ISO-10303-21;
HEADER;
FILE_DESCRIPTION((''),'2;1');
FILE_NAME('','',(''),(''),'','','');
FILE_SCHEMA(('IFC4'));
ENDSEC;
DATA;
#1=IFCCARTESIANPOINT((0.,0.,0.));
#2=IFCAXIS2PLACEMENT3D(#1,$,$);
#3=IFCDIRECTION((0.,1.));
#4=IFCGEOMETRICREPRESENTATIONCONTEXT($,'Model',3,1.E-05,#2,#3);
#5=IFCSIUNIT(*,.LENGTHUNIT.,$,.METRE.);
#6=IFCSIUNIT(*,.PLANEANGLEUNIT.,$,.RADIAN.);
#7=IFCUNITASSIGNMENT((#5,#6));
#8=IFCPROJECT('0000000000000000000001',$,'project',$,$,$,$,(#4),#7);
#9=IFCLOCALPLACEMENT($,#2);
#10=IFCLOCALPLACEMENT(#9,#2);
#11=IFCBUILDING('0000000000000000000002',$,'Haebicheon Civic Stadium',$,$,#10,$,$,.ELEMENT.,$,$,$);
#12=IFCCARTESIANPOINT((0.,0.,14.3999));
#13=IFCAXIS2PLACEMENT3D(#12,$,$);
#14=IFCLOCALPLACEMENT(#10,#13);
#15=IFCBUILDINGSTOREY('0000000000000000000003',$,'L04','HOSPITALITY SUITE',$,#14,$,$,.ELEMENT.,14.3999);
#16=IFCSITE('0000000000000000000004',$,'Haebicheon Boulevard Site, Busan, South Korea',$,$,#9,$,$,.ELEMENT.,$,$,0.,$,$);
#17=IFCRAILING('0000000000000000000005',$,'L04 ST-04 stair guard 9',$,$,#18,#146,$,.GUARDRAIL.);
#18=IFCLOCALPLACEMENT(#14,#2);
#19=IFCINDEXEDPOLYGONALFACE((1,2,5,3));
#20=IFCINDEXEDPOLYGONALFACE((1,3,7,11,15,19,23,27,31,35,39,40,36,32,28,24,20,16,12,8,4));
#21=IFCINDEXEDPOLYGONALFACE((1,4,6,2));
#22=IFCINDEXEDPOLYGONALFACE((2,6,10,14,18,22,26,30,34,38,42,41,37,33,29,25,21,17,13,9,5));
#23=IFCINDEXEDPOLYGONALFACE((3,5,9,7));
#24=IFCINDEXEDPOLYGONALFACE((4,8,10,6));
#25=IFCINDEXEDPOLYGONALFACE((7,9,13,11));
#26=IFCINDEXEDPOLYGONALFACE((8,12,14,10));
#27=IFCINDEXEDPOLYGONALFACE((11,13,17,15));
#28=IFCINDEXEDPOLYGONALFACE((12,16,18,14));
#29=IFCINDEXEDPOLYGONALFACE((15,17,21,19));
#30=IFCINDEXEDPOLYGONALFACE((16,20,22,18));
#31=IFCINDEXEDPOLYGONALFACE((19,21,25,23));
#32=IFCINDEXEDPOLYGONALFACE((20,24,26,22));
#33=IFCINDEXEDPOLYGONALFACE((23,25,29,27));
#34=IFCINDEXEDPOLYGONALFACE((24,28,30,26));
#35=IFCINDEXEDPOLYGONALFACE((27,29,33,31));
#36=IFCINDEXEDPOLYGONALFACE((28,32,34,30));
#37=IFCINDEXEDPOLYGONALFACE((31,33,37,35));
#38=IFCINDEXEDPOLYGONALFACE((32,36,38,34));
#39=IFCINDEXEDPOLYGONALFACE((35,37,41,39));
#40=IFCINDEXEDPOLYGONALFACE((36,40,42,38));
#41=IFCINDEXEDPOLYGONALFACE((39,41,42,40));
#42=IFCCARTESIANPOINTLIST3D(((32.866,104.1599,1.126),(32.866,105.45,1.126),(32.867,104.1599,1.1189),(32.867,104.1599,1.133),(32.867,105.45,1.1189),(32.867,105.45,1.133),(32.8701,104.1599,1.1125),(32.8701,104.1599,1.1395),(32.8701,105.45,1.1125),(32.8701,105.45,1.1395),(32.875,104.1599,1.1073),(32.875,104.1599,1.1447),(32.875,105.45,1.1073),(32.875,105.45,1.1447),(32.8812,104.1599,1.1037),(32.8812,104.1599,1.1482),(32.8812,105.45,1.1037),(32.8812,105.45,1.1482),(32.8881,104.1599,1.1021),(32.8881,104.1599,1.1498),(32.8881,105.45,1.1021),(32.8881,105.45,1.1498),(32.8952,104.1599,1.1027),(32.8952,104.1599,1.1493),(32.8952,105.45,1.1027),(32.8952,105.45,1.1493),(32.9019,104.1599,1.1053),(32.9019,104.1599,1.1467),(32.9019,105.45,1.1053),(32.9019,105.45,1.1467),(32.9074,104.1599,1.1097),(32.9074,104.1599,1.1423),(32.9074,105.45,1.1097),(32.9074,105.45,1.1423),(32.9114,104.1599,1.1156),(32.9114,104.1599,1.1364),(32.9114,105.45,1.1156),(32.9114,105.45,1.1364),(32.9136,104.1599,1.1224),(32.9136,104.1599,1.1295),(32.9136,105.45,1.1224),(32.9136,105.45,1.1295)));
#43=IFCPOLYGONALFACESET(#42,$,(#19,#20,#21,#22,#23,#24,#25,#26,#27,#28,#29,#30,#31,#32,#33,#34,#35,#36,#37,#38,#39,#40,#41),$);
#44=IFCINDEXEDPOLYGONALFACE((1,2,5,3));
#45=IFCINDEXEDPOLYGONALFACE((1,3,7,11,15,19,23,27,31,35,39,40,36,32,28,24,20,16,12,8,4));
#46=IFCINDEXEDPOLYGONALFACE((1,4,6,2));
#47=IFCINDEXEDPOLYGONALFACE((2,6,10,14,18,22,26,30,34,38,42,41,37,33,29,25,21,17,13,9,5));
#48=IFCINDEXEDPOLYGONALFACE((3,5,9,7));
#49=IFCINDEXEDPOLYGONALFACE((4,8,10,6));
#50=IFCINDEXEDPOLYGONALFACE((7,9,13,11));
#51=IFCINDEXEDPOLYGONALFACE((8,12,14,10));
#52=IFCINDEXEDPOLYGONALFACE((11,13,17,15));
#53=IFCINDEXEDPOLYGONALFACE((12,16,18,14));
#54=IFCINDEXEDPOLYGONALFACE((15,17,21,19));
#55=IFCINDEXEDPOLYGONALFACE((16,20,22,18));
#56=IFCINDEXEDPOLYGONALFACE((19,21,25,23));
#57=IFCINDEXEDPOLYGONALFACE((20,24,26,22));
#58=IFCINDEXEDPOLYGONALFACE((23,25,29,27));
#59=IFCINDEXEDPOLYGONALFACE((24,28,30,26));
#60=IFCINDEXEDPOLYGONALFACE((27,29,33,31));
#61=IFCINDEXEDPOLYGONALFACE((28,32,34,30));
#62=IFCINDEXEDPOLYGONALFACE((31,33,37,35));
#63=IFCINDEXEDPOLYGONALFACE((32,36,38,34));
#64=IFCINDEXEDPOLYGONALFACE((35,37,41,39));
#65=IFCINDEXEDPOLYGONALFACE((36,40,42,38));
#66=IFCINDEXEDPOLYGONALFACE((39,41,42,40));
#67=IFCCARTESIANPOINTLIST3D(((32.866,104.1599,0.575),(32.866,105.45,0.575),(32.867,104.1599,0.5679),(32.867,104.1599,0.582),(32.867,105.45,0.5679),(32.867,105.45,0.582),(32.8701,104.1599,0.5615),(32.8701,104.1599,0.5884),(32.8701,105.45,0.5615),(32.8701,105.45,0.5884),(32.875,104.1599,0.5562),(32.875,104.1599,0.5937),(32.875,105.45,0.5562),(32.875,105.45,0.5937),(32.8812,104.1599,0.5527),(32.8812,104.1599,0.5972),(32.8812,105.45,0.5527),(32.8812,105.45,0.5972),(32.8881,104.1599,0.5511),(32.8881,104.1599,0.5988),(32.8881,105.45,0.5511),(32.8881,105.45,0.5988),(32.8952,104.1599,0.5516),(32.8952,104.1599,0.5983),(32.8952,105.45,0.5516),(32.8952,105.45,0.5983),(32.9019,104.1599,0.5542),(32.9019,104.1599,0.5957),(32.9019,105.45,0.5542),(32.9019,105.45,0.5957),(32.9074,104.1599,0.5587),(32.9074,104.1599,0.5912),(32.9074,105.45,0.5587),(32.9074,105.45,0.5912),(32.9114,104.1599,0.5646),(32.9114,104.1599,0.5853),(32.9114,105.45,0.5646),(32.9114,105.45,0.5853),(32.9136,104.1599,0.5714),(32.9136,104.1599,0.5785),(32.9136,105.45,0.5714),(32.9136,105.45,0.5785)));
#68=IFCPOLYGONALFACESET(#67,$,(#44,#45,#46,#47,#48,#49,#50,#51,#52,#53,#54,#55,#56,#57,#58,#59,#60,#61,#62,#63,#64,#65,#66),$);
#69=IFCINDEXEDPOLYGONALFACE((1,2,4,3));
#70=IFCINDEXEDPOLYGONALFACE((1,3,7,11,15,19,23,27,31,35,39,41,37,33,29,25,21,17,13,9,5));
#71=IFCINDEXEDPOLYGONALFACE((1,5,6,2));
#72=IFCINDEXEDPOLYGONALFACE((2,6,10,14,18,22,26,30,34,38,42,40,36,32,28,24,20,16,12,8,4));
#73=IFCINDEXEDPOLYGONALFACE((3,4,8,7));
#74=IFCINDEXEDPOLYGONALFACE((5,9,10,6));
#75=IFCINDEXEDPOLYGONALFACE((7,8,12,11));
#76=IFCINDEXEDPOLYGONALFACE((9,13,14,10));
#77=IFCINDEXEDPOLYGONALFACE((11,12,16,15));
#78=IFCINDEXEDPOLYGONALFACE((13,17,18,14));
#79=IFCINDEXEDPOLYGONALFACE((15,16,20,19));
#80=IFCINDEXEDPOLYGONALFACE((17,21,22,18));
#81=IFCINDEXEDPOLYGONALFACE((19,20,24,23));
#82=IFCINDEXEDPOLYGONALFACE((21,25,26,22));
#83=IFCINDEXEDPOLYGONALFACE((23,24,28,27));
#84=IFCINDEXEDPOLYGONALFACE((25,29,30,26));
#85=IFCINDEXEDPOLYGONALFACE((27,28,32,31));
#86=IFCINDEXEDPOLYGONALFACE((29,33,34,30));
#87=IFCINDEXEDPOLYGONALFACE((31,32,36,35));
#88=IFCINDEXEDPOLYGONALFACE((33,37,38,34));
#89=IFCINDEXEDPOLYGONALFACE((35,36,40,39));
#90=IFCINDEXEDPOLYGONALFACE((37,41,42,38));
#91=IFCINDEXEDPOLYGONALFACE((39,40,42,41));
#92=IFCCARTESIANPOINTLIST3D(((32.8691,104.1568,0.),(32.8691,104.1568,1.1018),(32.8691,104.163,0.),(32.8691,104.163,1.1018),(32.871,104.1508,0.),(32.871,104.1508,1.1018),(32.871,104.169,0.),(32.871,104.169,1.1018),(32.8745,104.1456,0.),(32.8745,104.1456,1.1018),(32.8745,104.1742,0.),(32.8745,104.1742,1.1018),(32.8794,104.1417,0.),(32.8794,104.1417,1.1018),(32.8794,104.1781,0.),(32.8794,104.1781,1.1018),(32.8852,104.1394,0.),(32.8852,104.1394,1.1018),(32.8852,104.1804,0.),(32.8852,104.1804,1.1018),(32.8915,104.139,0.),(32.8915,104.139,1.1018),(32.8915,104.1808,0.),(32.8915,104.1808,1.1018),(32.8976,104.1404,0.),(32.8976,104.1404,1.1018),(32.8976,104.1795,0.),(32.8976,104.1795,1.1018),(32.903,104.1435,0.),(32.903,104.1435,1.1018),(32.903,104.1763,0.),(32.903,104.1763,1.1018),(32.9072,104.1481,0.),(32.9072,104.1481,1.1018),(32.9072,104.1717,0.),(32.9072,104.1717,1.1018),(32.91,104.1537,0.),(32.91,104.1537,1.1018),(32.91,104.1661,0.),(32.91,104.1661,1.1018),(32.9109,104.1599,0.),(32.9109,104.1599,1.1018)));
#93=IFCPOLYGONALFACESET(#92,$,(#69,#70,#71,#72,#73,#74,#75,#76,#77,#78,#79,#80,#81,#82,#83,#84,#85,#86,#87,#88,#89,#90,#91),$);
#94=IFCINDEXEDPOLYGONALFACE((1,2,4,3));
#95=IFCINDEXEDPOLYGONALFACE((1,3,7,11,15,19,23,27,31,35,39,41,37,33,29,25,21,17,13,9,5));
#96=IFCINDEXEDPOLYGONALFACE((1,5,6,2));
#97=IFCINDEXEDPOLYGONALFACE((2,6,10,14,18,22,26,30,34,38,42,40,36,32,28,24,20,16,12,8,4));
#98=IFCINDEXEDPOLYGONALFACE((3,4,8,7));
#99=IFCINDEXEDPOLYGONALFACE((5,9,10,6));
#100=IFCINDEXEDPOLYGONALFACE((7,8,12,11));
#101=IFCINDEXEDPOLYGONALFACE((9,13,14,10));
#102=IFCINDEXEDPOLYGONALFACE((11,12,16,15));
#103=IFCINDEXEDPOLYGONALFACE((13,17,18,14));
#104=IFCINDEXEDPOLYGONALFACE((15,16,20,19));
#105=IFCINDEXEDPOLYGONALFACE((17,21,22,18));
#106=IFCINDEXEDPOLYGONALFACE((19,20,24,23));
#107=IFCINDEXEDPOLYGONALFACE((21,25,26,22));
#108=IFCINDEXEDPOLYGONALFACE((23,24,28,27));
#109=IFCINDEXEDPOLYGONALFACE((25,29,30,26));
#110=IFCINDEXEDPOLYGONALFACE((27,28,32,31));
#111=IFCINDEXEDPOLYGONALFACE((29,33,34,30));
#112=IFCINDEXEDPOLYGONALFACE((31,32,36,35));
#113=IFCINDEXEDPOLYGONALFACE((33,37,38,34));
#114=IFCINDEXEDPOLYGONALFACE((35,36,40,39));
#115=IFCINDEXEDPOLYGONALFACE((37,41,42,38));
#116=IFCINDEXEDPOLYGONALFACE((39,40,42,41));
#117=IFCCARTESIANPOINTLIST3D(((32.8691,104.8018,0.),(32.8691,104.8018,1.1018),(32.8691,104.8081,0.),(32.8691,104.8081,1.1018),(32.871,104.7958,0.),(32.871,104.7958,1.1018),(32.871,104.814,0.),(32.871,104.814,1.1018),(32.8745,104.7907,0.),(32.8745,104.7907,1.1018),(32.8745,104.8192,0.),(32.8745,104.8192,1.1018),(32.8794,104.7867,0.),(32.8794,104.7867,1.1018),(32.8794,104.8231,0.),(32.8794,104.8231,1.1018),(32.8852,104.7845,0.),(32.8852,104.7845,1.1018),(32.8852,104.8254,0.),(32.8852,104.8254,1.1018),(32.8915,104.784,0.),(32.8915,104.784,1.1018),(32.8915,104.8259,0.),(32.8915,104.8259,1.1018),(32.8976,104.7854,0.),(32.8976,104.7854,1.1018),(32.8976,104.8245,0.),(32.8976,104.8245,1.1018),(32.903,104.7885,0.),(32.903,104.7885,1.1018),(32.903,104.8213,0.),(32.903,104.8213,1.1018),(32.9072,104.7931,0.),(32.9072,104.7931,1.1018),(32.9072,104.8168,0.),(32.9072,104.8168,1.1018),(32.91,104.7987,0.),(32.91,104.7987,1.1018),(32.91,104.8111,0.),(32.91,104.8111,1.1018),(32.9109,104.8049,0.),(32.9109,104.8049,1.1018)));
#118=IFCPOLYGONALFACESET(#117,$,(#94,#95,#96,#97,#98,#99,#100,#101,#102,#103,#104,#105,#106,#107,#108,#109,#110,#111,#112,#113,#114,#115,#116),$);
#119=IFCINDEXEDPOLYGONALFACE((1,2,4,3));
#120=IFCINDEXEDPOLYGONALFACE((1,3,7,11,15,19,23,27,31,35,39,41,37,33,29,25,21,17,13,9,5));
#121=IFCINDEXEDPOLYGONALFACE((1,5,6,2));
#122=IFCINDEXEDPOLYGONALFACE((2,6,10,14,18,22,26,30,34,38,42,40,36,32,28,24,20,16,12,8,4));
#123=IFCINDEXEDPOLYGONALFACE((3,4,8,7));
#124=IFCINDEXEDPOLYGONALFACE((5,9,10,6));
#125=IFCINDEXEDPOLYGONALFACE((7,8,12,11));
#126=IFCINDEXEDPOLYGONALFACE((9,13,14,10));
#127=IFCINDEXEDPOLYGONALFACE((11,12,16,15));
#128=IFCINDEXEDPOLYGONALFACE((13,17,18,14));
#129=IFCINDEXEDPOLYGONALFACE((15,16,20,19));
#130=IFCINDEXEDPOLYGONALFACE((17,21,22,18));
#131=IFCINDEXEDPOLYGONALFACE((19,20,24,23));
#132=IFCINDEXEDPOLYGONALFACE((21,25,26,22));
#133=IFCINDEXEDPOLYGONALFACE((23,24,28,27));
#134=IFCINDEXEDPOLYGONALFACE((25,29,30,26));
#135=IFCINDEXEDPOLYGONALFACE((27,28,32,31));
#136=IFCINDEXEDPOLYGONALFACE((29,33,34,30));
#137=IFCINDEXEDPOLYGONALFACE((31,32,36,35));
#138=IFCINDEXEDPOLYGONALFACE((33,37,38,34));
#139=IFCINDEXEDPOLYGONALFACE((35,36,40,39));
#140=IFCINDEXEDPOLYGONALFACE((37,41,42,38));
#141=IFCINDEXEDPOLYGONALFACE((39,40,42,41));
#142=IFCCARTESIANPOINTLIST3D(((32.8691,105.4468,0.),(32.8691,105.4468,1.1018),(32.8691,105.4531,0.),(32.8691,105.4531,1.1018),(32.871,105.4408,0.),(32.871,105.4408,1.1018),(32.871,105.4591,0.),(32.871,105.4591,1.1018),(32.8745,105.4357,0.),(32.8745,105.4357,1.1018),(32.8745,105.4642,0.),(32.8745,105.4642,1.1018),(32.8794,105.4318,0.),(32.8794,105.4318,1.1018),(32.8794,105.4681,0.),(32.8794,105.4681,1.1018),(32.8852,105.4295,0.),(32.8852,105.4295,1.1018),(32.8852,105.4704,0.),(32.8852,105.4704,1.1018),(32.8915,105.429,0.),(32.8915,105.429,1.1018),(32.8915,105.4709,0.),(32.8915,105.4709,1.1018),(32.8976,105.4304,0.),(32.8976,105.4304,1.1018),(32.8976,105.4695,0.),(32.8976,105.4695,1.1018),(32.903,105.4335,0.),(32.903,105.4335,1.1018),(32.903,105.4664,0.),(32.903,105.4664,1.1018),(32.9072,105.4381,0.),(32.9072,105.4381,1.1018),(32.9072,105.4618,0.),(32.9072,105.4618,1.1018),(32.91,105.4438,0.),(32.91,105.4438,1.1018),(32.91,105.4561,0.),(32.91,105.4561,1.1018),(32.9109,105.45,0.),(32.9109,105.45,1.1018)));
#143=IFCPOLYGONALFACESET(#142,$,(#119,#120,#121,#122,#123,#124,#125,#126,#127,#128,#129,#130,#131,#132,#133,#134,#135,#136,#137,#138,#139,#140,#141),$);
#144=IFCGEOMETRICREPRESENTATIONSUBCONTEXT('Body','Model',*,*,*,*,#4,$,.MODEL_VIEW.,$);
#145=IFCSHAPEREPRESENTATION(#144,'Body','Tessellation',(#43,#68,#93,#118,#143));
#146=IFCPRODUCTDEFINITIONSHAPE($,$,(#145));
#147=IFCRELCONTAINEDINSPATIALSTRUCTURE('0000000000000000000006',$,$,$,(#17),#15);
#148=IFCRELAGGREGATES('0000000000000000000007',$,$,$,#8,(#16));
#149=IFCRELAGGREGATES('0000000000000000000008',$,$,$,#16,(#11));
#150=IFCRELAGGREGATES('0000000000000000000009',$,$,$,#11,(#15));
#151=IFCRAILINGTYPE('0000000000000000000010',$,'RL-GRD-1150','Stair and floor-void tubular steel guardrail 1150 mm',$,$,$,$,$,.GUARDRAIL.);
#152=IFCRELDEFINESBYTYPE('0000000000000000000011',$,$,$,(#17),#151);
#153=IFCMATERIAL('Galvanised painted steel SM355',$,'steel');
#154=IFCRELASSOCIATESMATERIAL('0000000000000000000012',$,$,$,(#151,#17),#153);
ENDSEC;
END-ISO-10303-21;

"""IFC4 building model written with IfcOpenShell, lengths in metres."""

from ifc_helpers import new_model, si_unit, direction, frame, origin, origin_2d, place, context, subcontext, project, spatial, circle, extrude, material, type_object, element, save


model = new_model("IFC4")

# Units and contexts
model_context = context("Model", 3, precision=1e-05, world=origin(), true_north=direction((0.0, 1.0)))
body_context = subcontext(model_context, "Body", "Model", "MODEL_VIEW")
ifc_project = project(units=[si_unit("LENGTHUNIT", "METRE"), si_unit("PLANEANGLEUNIT", "RADIAN")], contexts=[model_context])

# Site, building, storey
site_placement = place(None, origin())
site = spatial("IfcSite", under=ifc_project, at=site_placement, Name="Haebicheon Boulevard Site, Busan, South Korea", CompositionType="ELEMENT", RefElevation=0.0)
building_placement = place(site_placement, origin())
building = spatial("IfcBuilding", under=site, at=building_placement, Name="Haebicheon Civic Stadium", CompositionType="ELEMENT")
storey_placement = place(building_placement, frame((0.0, 0.0, 14.3999)))
storey = spatial("IfcBuildingStorey", under=building, at=storey_placement, Name="L04", Description="HOSPITALITY SUITE", CompositionType="ELEMENT", Elevation=14.3999)

# Railing
ifc_material_1 = material(Name="Galvanised painted steel SM355", Category="steel")
railing_type = type_object("IfcRailingType", Name="RL-GRD-1150", Description="Stair and floor-void tubular steel guardrail 1150 mm", PredefinedType="GUARDRAIL", material=ifc_material_1)
railing_placement = place(storey_placement, frame((32.8899, 104.1599, 0.0)))
element("IfcRailing", 1, at=railing_placement, inside=storey, type_object=railing_type, material=ifc_material_1, Name="L04 ST-04 stair guard 9", PredefinedType="GUARDRAIL", context=body_context, shape_type="SweptSolid", body=[
    extrude(circle(Radius=0.0239, at=origin_2d()), frame((0.0, 0.0, 1.126), z_axis=(0.0, 1.0, 0.0), x_axis=(-1.0, 0.0, 0.0)), (0.0, 0.0, 1.0), 1.29),
    extrude(circle(Radius=0.0239, at=origin_2d()), frame((0.0, 0.0, 0.575), z_axis=(0.0, 1.0, 0.0), x_axis=(-1.0, 0.0, 0.0)), (0.0, 0.0, 1.0), 1.29),
    extrude(circle(Radius=0.021, at=origin_2d()), origin(), (0.0, 0.0, 1.0), 1.1018),
    extrude(circle(Radius=0.021, at=origin_2d()), frame((0.0, 0.645, 0.0)), (0.0, 0.0, 1.0), 1.1018),
    extrude(circle(Radius=0.021, at=origin_2d()), frame((0.0, 1.29, 0.0)), (0.0, 0.0, 1.0), 1.1018),
])

save(model, "model.ifc")
